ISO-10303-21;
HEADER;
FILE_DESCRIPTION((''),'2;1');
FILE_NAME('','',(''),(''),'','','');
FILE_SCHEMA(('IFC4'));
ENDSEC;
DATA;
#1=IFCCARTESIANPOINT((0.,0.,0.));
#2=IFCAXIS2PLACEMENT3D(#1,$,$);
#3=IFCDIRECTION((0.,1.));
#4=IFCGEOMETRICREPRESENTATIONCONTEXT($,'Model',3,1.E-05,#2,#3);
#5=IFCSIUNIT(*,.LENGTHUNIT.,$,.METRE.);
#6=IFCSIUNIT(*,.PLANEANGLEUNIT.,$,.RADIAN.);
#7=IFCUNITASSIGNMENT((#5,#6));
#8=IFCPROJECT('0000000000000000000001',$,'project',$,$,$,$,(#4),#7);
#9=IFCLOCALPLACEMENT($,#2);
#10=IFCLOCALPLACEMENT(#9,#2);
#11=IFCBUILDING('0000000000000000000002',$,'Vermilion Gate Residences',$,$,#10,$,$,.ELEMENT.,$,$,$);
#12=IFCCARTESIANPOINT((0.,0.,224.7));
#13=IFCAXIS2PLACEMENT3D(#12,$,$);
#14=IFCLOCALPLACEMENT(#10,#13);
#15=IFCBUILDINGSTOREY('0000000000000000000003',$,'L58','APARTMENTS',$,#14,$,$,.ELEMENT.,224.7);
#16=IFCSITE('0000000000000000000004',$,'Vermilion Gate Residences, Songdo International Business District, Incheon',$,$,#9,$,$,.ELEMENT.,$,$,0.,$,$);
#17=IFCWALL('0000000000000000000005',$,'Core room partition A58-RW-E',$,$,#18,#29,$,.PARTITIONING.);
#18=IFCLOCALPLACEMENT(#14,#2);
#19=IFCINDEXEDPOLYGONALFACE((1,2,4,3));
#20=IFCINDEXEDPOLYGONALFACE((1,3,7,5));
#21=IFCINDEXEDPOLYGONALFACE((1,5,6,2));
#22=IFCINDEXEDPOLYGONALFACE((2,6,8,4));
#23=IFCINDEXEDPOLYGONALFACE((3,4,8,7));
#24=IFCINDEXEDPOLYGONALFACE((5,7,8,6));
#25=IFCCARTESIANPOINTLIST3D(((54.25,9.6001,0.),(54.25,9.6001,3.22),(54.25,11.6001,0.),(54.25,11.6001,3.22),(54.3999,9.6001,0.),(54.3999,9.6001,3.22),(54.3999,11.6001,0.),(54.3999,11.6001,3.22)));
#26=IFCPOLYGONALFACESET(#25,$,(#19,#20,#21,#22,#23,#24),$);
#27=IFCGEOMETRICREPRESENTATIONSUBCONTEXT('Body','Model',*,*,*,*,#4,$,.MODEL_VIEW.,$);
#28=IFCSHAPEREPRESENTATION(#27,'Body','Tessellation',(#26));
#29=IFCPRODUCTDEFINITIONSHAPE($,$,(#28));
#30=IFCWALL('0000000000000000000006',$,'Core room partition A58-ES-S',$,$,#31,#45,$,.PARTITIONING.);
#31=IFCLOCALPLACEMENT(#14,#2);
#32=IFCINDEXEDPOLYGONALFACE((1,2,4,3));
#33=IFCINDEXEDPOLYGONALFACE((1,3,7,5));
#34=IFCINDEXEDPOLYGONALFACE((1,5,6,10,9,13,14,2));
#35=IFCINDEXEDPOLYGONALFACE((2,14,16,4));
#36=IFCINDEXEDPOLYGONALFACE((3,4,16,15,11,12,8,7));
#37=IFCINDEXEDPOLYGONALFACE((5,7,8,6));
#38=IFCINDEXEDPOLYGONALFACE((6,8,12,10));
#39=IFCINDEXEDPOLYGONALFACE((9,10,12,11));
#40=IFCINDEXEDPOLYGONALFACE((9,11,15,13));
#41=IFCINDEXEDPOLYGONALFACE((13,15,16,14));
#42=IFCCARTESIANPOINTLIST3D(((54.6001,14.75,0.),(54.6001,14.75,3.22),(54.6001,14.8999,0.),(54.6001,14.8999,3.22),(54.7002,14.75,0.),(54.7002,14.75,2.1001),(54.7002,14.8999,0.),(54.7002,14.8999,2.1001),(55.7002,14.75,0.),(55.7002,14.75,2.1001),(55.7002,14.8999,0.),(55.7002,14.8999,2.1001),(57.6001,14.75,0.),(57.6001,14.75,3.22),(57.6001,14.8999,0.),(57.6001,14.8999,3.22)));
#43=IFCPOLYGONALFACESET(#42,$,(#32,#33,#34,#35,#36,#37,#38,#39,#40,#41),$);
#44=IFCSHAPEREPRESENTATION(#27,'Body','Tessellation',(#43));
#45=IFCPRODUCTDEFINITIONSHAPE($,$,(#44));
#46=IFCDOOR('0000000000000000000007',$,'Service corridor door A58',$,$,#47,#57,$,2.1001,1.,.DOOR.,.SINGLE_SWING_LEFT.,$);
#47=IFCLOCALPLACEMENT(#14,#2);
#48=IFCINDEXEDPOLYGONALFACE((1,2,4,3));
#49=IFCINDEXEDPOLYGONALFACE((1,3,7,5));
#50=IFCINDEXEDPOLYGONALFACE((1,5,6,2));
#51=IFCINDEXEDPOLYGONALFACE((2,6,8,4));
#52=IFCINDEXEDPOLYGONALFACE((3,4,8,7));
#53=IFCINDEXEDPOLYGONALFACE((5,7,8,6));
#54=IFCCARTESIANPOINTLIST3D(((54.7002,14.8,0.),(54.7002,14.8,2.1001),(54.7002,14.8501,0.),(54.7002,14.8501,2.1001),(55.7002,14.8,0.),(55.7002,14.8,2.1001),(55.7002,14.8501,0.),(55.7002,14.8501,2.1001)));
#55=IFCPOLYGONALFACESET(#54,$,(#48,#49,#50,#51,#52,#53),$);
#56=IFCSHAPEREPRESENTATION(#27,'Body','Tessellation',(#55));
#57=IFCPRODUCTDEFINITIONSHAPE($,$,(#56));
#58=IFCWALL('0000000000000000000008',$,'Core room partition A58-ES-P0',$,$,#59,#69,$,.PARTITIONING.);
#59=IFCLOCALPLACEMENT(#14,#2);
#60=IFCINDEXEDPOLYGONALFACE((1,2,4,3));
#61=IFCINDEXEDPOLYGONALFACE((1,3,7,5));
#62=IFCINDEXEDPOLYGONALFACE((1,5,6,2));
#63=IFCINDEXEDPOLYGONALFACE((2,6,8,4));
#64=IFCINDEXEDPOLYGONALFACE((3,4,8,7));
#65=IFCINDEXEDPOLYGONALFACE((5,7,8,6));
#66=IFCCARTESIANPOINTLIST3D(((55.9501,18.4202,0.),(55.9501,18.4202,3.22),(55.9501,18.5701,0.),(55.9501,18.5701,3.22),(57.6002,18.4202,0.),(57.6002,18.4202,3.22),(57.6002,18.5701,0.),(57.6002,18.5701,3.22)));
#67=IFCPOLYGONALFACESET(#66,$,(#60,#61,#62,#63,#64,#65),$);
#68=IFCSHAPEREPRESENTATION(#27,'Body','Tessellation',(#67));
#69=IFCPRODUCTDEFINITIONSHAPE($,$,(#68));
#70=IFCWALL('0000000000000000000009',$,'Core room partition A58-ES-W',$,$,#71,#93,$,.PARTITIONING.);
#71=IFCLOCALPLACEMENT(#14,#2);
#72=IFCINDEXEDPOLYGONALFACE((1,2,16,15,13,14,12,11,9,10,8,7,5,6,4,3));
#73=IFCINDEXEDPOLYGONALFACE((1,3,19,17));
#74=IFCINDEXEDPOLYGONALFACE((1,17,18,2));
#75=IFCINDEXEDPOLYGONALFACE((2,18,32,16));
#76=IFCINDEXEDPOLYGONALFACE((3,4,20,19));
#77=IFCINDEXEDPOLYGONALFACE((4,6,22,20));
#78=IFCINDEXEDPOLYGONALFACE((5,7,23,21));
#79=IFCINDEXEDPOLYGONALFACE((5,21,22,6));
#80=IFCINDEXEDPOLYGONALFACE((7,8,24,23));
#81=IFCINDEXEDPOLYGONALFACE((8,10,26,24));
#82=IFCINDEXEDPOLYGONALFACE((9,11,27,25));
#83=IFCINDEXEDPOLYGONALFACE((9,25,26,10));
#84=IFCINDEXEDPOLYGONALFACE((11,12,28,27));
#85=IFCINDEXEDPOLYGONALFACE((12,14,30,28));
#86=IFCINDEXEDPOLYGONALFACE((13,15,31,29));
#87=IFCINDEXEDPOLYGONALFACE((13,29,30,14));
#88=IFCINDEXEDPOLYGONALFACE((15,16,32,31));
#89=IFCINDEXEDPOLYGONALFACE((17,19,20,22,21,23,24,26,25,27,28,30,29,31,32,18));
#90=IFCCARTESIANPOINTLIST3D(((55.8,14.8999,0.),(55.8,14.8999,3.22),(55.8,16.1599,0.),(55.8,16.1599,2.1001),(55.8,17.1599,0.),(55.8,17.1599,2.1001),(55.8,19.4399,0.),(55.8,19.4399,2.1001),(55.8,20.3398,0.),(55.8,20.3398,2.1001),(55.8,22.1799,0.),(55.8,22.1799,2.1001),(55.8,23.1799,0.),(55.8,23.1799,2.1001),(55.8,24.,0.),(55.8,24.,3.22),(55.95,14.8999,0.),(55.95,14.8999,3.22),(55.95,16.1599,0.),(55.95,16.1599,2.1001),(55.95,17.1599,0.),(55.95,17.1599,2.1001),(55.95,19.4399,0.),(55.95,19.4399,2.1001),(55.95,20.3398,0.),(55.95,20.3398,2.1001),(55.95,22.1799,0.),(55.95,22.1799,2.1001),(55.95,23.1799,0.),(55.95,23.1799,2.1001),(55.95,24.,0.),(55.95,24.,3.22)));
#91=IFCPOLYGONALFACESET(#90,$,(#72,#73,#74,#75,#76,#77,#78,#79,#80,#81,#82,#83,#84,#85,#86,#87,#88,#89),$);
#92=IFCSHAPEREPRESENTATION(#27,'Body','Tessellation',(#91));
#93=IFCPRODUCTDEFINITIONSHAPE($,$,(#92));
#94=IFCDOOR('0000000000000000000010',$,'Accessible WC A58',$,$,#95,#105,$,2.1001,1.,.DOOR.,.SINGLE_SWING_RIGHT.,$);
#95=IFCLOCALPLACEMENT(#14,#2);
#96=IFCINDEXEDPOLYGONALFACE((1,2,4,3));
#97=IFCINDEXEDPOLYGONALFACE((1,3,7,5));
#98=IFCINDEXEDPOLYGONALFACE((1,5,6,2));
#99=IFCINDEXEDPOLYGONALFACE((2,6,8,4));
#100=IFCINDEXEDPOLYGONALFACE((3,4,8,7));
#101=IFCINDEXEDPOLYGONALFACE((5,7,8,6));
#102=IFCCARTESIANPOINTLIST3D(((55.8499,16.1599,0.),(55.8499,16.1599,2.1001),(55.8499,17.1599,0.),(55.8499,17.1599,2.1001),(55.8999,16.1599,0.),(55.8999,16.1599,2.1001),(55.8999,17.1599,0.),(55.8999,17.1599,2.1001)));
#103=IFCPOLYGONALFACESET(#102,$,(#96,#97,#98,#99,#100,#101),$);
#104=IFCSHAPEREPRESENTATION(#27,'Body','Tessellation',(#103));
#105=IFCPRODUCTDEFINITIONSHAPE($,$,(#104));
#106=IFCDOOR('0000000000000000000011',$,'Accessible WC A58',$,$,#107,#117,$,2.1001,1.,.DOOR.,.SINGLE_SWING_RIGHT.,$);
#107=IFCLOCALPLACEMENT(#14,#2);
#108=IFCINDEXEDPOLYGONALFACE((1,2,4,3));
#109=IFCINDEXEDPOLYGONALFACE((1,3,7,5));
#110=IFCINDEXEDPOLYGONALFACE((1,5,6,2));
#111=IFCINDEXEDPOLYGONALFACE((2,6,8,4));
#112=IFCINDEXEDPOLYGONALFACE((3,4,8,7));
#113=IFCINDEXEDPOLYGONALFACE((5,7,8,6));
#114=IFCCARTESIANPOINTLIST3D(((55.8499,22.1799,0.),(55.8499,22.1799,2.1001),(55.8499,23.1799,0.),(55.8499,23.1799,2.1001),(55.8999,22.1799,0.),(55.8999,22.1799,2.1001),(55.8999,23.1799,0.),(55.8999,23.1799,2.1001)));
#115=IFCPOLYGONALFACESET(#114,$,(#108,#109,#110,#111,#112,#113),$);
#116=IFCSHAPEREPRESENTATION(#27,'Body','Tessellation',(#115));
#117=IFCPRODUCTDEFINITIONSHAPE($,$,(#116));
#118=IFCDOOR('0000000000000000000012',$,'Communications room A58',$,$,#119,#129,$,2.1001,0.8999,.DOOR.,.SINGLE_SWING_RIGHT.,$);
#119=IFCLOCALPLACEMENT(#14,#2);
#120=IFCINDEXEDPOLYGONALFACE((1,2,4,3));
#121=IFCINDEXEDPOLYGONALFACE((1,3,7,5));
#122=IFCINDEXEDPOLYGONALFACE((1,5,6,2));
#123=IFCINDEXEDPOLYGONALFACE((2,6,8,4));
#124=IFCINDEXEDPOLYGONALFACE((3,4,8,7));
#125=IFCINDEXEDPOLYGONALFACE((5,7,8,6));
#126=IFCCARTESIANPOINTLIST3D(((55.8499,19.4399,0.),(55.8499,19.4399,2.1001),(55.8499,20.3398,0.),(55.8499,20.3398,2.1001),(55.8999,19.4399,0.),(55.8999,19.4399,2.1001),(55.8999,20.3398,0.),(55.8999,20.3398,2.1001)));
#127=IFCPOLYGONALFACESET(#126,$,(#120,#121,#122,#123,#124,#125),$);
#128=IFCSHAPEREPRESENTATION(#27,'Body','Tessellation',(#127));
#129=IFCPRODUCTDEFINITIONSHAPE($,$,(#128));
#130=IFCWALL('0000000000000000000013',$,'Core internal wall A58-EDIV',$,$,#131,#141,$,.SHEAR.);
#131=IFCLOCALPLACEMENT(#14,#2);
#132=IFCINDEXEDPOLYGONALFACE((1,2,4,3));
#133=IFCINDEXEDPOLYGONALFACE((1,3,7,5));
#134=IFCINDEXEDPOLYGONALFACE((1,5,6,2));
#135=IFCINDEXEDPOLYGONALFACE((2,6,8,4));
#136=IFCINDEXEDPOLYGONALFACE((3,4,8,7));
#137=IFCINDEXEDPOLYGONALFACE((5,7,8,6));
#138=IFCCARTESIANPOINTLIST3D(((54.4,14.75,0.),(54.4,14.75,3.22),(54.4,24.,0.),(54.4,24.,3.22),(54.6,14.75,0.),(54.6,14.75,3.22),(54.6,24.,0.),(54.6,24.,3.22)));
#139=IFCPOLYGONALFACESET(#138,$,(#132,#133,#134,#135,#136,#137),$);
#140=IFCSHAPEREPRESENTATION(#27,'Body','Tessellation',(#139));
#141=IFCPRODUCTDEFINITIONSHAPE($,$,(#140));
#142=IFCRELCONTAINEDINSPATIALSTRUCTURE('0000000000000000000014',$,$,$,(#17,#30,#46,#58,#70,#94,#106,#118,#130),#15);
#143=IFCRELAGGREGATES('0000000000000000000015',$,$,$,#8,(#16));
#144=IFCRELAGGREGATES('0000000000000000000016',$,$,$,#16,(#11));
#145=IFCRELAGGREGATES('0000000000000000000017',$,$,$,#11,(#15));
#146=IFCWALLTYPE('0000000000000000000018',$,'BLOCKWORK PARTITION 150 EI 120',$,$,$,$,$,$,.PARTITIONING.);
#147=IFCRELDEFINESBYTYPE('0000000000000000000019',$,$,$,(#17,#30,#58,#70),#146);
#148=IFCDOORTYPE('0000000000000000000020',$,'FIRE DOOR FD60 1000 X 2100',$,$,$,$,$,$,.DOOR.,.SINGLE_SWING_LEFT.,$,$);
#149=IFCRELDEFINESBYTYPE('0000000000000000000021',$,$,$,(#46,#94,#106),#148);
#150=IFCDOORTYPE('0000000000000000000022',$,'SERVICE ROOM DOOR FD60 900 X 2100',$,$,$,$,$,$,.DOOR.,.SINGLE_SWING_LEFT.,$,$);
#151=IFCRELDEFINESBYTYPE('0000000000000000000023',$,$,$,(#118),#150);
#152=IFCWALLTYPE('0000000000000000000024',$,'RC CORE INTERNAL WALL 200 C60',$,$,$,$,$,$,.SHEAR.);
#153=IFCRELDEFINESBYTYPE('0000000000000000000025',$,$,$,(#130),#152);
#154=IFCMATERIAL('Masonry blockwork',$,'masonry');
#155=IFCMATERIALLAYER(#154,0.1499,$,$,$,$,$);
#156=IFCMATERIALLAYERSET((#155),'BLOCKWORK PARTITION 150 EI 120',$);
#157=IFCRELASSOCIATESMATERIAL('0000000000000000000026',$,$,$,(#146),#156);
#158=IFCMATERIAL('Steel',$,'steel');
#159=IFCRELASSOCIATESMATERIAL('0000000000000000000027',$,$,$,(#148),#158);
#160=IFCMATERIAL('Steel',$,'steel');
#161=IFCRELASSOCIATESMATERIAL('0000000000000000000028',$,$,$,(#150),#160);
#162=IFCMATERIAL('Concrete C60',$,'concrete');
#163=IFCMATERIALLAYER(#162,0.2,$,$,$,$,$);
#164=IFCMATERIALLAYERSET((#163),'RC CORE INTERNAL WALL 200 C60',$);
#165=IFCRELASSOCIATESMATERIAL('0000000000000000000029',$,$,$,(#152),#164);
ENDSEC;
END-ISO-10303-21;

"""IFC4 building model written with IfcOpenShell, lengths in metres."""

from ifc_helpers import new_model, si_unit, direction, frame, frame_2d, origin, place, context, subcontext, project, spatial, rectangle, extrude, material, layer, layer_set, type_object, element, fill, save


model = new_model("IFC4")

# Units and contexts
model_context = context("Model", 3, precision=1e-05, world=origin(), true_north=direction((0.0, 1.0)))
body_context = subcontext(model_context, "Body", "Model", "MODEL_VIEW")
ifc_project = project(units=[si_unit("LENGTHUNIT", "METRE"), si_unit("PLANEANGLEUNIT", "RADIAN")], contexts=[model_context])

# Site, building, storey
site_placement = place(None, origin())
site = spatial("IfcSite", under=ifc_project, at=site_placement, Name="Vermilion Gate Residences, Songdo International Business District, Incheon", CompositionType="ELEMENT", RefElevation=0.0)
building_placement = place(site_placement, origin())
building = spatial("IfcBuilding", under=site, at=building_placement, Name="Vermilion Gate Residences", CompositionType="ELEMENT")
storey_placement = place(building_placement, frame((0.0, 0.0, 224.7)))
storey = spatial("IfcBuildingStorey", under=building, at=storey_placement, Name="L58", Description="APARTMENTS", CompositionType="ELEMENT", Elevation=224.7)

# Wall
ifc_material_1 = material(Name="Masonry blockwork", Category="masonry")
ifc_layer_1 = layer(ifc_material_1, 0.1499)
ifc_layer_set_1 = layer_set([ifc_layer_1], Name="BLOCKWORK PARTITION 150 EI 120")
wall_type_1 = type_object("IfcWallType", Name="BLOCKWORK PARTITION 150 EI 120", PredefinedType="PARTITIONING", material=ifc_layer_set_1)
wall_1_placement = place(storey_placement, frame((54.325, 9.6001, 0.0), z_axis=(0.0, 0.0, 1.0), x_axis=(0.0, 1.0, 0.0)))
element("IfcWall", 1, at=wall_1_placement, inside=storey, type_object=wall_type_1, Name="Core room partition A58-RW-E", PredefinedType="PARTITIONING", context=body_context, shape_type="SweptSolid", body=[
    extrude(rectangle(XDim=2.0, YDim=0.1499, at=frame_2d((1.0, 0.0))), origin(), (0.0, 0.0, 1.0), 3.22),
])

# Wall, opening, door
wall_2_placement = place(storey_placement, frame((54.6001, 14.825, 0.0), z_axis=(0.0, 0.0, 1.0), x_axis=(1.0, 0.0, 0.0)))
wall_2 = element("IfcWall", 2, at=wall_2_placement, inside=storey, type_object=wall_type_1, Name="Core room partition A58-ES-S", PredefinedType="PARTITIONING", context=body_context, shape_type="SweptSolid", body=[
    extrude(rectangle(XDim=3.0, YDim=0.1499, at=frame_2d((1.5, 0.0))), origin(), (0.0, 0.0, 1.0), 3.22),
])
opening_1_placement = place(wall_2_placement, frame((0.1001, 0.0, 0.0)))
opening_1 = element("IfcOpeningElement", 3, at=opening_1_placement, cuts=wall_2, PredefinedType="OPENING", context=body_context, shape_type="SweptSolid", body=[
    extrude(rectangle(XDim=1.0, YDim=2.1001, at=frame_2d((0.5, 1.05))), frame((0.0, 0.085, 0.0), z_axis=(0.0, -1.0, 0.0), x_axis=(1.0, 0.0, 0.0)), (0.0, 0.0, 1.0), 0.1699),
])
ifc_material_2 = material(Name="Steel", Category="steel")
door_type_1 = type_object("IfcDoorType", Name="FIRE DOOR FD60 1000 X 2100", OperationType="SINGLE_SWING_LEFT", PredefinedType="DOOR", material=ifc_material_2)
door_1_placement = place(opening_1_placement, frame((1.0, 0.0, 0.0), z_axis=(0.0, 0.0, 1.0), x_axis=(-1.0, 0.0, 0.0)))
door_1 = element("IfcDoor", 4, at=door_1_placement, inside=storey, type_object=door_type_1, Name="Service corridor door A58", OperationType="SINGLE_SWING_LEFT", OverallHeight=2.1001, OverallWidth=1.0, PredefinedType="DOOR", context=body_context, shape_type="SweptSolid", body=[
    extrude(rectangle(XDim=1.0, YDim=2.1001, at=frame_2d((0.5, 1.05))), frame((0.0, 0.0249, 0.0), z_axis=(0.0, -1.0, 0.0), x_axis=(1.0, 0.0, 0.0)), (0.0, 0.0, 1.0), 0.05),
])
fill(opening_1, door_1)

# Wall
wall_3_placement = place(storey_placement, frame((55.95, 18.4951, 0.0), z_axis=(0.0, 0.0, 1.0), x_axis=(1.0, 0.0, 0.0)))
element("IfcWall", 5, at=wall_3_placement, inside=storey, type_object=wall_type_1, Name="Core room partition A58-ES-P0", PredefinedType="PARTITIONING", context=body_context, shape_type="SweptSolid", body=[
    extrude(rectangle(XDim=1.6501, YDim=0.1499, at=frame_2d((0.8252, 0.0))), origin(), (0.0, 0.0, 1.0), 3.22),
])

# Wall, openings, doors
wall_4_placement = place(storey_placement, frame((55.875, 14.8999, 0.0), z_axis=(0.0, 0.0, 1.0), x_axis=(0.0, 1.0, 0.0)))
wall_4 = element("IfcWall", 6, at=wall_4_placement, inside=storey, type_object=wall_type_1, Name="Core room partition A58-ES-W", PredefinedType="PARTITIONING", context=body_context, shape_type="SweptSolid", body=[
    extrude(rectangle(XDim=9.1001, YDim=0.1499, at=frame_2d((4.55, 0.0))), origin(), (0.0, 0.0, 1.0), 3.22),
])
opening_2_placement = place(wall_4_placement, frame((1.26, 0.0, 0.0)))
opening_2 = element("IfcOpeningElement", 7, at=opening_2_placement, cuts=wall_4, PredefinedType="OPENING", context=body_context, shape_type="SweptSolid", body=[
    extrude(rectangle(XDim=1.0, YDim=2.1001, at=frame_2d((0.5, 1.05))), frame((0.0, 0.085, 0.0), z_axis=(0.0, -1.0, 0.0), x_axis=(1.0, 0.0, 0.0)), (0.0, 0.0, 1.0), 0.1699),
])
opening_3_placement = place(wall_4_placement, frame((4.54, 0.0, 0.0)))
opening_3 = element("IfcOpeningElement", 8, at=opening_3_placement, cuts=wall_4, PredefinedType="OPENING", context=body_context, shape_type="SweptSolid", body=[
    extrude(rectangle(XDim=0.8999, YDim=2.1001, at=frame_2d((0.45, 1.05))), frame((0.0, 0.085, 0.0), z_axis=(0.0, -1.0, 0.0), x_axis=(1.0, 0.0, 0.0)), (0.0, 0.0, 1.0), 0.1699),
])
opening_4_placement = place(wall_4_placement, frame((7.28, 0.0, 0.0)))
opening_4 = element("IfcOpeningElement", 9, at=opening_4_placement, cuts=wall_4, PredefinedType="OPENING", context=body_context, shape_type="SweptSolid", body=[
    extrude(rectangle(XDim=1.0, YDim=2.1001, at=frame_2d((0.5, 1.05))), frame((0.0, 0.085, 0.0), z_axis=(0.0, -1.0, 0.0), x_axis=(1.0, 0.0, 0.0)), (0.0, 0.0, 1.0), 0.1699),
])
door_2_placement = place(opening_2_placement, frame((1.0, 0.0, 0.0), z_axis=(0.0, 0.0, 1.0), x_axis=(-1.0, 0.0, 0.0)))
door_2 = element("IfcDoor", 10, at=door_2_placement, inside=storey, type_object=door_type_1, Name="Accessible WC A58", OperationType="SINGLE_SWING_RIGHT", OverallHeight=2.1001, OverallWidth=1.0, PredefinedType="DOOR", context=body_context, shape_type="SweptSolid", body=[
    extrude(rectangle(XDim=1.0, YDim=2.1001, at=frame_2d((0.5, 1.05))), frame((0.0, 0.0249, 0.0), z_axis=(0.0, -1.0, 0.0), x_axis=(1.0, 0.0, 0.0)), (0.0, 0.0, 1.0), 0.05),
])
fill(opening_2, door_2)
door_3_placement = place(opening_4_placement, frame((1.0, 0.0, 0.0), z_axis=(0.0, 0.0, 1.0), x_axis=(-1.0, 0.0, 0.0)))
door_3 = element("IfcDoor", 11, at=door_3_placement, inside=storey, type_object=door_type_1, Name="Accessible WC A58", OperationType="SINGLE_SWING_RIGHT", OverallHeight=2.1001, OverallWidth=1.0, PredefinedType="DOOR", context=body_context, shape_type="SweptSolid", body=[
    extrude(rectangle(XDim=1.0, YDim=2.1001, at=frame_2d((0.5, 1.05))), frame((0.0, 0.0249, 0.0), z_axis=(0.0, -1.0, 0.0), x_axis=(1.0, 0.0, 0.0)), (0.0, 0.0, 1.0), 0.05),
])
fill(opening_4, door_3)
ifc_material_3 = material(Name="Steel", Category="steel")
door_type_2 = type_object("IfcDoorType", Name="SERVICE ROOM DOOR FD60 900 X 2100", OperationType="SINGLE_SWING_LEFT", PredefinedType="DOOR", material=ifc_material_3)
door_4_placement = place(opening_3_placement, frame((0.8999, 0.0, 0.0), z_axis=(0.0, 0.0, 1.0), x_axis=(-1.0, 0.0, 0.0)))
door_4 = element("IfcDoor", 12, at=door_4_placement, inside=storey, type_object=door_type_2, Name="Communications room A58", OperationType="SINGLE_SWING_RIGHT", OverallHeight=2.1001, OverallWidth=0.8999, PredefinedType="DOOR", context=body_context, shape_type="SweptSolid", body=[
    extrude(rectangle(XDim=0.8999, YDim=2.1001, at=frame_2d((0.45, 1.05))), frame((0.0, 0.0249, 0.0), z_axis=(0.0, -1.0, 0.0), x_axis=(1.0, 0.0, 0.0)), (0.0, 0.0, 1.0), 0.05),
])
fill(opening_3, door_4)

# Wall
ifc_material_4 = material(Name="Concrete C60", Category="concrete")
ifc_layer_2 = layer(ifc_material_4, 0.2)
ifc_layer_set_2 = layer_set([ifc_layer_2], Name="RC CORE INTERNAL WALL 200 C60")
wall_type_2 = type_object("IfcWallType", Name="RC CORE INTERNAL WALL 200 C60", PredefinedType="SHEAR", material=ifc_layer_set_2)
wall_5_placement = place(storey_placement, frame((54.5, 14.75, 0.0), z_axis=(0.0, 0.0, 1.0), x_axis=(0.0, 1.0, 0.0)))
element("IfcWall", 13, at=wall_5_placement, inside=storey, type_object=wall_type_2, Name="Core internal wall A58-EDIV", PredefinedType="SHEAR", context=body_context, shape_type="SweptSolid", body=[
    extrude(rectangle(XDim=9.25, YDim=0.2, at=frame_2d((4.625, 0.0))), origin(), (0.0, 0.0, 1.0), 3.22),
])

save(model, "model.ifc")
